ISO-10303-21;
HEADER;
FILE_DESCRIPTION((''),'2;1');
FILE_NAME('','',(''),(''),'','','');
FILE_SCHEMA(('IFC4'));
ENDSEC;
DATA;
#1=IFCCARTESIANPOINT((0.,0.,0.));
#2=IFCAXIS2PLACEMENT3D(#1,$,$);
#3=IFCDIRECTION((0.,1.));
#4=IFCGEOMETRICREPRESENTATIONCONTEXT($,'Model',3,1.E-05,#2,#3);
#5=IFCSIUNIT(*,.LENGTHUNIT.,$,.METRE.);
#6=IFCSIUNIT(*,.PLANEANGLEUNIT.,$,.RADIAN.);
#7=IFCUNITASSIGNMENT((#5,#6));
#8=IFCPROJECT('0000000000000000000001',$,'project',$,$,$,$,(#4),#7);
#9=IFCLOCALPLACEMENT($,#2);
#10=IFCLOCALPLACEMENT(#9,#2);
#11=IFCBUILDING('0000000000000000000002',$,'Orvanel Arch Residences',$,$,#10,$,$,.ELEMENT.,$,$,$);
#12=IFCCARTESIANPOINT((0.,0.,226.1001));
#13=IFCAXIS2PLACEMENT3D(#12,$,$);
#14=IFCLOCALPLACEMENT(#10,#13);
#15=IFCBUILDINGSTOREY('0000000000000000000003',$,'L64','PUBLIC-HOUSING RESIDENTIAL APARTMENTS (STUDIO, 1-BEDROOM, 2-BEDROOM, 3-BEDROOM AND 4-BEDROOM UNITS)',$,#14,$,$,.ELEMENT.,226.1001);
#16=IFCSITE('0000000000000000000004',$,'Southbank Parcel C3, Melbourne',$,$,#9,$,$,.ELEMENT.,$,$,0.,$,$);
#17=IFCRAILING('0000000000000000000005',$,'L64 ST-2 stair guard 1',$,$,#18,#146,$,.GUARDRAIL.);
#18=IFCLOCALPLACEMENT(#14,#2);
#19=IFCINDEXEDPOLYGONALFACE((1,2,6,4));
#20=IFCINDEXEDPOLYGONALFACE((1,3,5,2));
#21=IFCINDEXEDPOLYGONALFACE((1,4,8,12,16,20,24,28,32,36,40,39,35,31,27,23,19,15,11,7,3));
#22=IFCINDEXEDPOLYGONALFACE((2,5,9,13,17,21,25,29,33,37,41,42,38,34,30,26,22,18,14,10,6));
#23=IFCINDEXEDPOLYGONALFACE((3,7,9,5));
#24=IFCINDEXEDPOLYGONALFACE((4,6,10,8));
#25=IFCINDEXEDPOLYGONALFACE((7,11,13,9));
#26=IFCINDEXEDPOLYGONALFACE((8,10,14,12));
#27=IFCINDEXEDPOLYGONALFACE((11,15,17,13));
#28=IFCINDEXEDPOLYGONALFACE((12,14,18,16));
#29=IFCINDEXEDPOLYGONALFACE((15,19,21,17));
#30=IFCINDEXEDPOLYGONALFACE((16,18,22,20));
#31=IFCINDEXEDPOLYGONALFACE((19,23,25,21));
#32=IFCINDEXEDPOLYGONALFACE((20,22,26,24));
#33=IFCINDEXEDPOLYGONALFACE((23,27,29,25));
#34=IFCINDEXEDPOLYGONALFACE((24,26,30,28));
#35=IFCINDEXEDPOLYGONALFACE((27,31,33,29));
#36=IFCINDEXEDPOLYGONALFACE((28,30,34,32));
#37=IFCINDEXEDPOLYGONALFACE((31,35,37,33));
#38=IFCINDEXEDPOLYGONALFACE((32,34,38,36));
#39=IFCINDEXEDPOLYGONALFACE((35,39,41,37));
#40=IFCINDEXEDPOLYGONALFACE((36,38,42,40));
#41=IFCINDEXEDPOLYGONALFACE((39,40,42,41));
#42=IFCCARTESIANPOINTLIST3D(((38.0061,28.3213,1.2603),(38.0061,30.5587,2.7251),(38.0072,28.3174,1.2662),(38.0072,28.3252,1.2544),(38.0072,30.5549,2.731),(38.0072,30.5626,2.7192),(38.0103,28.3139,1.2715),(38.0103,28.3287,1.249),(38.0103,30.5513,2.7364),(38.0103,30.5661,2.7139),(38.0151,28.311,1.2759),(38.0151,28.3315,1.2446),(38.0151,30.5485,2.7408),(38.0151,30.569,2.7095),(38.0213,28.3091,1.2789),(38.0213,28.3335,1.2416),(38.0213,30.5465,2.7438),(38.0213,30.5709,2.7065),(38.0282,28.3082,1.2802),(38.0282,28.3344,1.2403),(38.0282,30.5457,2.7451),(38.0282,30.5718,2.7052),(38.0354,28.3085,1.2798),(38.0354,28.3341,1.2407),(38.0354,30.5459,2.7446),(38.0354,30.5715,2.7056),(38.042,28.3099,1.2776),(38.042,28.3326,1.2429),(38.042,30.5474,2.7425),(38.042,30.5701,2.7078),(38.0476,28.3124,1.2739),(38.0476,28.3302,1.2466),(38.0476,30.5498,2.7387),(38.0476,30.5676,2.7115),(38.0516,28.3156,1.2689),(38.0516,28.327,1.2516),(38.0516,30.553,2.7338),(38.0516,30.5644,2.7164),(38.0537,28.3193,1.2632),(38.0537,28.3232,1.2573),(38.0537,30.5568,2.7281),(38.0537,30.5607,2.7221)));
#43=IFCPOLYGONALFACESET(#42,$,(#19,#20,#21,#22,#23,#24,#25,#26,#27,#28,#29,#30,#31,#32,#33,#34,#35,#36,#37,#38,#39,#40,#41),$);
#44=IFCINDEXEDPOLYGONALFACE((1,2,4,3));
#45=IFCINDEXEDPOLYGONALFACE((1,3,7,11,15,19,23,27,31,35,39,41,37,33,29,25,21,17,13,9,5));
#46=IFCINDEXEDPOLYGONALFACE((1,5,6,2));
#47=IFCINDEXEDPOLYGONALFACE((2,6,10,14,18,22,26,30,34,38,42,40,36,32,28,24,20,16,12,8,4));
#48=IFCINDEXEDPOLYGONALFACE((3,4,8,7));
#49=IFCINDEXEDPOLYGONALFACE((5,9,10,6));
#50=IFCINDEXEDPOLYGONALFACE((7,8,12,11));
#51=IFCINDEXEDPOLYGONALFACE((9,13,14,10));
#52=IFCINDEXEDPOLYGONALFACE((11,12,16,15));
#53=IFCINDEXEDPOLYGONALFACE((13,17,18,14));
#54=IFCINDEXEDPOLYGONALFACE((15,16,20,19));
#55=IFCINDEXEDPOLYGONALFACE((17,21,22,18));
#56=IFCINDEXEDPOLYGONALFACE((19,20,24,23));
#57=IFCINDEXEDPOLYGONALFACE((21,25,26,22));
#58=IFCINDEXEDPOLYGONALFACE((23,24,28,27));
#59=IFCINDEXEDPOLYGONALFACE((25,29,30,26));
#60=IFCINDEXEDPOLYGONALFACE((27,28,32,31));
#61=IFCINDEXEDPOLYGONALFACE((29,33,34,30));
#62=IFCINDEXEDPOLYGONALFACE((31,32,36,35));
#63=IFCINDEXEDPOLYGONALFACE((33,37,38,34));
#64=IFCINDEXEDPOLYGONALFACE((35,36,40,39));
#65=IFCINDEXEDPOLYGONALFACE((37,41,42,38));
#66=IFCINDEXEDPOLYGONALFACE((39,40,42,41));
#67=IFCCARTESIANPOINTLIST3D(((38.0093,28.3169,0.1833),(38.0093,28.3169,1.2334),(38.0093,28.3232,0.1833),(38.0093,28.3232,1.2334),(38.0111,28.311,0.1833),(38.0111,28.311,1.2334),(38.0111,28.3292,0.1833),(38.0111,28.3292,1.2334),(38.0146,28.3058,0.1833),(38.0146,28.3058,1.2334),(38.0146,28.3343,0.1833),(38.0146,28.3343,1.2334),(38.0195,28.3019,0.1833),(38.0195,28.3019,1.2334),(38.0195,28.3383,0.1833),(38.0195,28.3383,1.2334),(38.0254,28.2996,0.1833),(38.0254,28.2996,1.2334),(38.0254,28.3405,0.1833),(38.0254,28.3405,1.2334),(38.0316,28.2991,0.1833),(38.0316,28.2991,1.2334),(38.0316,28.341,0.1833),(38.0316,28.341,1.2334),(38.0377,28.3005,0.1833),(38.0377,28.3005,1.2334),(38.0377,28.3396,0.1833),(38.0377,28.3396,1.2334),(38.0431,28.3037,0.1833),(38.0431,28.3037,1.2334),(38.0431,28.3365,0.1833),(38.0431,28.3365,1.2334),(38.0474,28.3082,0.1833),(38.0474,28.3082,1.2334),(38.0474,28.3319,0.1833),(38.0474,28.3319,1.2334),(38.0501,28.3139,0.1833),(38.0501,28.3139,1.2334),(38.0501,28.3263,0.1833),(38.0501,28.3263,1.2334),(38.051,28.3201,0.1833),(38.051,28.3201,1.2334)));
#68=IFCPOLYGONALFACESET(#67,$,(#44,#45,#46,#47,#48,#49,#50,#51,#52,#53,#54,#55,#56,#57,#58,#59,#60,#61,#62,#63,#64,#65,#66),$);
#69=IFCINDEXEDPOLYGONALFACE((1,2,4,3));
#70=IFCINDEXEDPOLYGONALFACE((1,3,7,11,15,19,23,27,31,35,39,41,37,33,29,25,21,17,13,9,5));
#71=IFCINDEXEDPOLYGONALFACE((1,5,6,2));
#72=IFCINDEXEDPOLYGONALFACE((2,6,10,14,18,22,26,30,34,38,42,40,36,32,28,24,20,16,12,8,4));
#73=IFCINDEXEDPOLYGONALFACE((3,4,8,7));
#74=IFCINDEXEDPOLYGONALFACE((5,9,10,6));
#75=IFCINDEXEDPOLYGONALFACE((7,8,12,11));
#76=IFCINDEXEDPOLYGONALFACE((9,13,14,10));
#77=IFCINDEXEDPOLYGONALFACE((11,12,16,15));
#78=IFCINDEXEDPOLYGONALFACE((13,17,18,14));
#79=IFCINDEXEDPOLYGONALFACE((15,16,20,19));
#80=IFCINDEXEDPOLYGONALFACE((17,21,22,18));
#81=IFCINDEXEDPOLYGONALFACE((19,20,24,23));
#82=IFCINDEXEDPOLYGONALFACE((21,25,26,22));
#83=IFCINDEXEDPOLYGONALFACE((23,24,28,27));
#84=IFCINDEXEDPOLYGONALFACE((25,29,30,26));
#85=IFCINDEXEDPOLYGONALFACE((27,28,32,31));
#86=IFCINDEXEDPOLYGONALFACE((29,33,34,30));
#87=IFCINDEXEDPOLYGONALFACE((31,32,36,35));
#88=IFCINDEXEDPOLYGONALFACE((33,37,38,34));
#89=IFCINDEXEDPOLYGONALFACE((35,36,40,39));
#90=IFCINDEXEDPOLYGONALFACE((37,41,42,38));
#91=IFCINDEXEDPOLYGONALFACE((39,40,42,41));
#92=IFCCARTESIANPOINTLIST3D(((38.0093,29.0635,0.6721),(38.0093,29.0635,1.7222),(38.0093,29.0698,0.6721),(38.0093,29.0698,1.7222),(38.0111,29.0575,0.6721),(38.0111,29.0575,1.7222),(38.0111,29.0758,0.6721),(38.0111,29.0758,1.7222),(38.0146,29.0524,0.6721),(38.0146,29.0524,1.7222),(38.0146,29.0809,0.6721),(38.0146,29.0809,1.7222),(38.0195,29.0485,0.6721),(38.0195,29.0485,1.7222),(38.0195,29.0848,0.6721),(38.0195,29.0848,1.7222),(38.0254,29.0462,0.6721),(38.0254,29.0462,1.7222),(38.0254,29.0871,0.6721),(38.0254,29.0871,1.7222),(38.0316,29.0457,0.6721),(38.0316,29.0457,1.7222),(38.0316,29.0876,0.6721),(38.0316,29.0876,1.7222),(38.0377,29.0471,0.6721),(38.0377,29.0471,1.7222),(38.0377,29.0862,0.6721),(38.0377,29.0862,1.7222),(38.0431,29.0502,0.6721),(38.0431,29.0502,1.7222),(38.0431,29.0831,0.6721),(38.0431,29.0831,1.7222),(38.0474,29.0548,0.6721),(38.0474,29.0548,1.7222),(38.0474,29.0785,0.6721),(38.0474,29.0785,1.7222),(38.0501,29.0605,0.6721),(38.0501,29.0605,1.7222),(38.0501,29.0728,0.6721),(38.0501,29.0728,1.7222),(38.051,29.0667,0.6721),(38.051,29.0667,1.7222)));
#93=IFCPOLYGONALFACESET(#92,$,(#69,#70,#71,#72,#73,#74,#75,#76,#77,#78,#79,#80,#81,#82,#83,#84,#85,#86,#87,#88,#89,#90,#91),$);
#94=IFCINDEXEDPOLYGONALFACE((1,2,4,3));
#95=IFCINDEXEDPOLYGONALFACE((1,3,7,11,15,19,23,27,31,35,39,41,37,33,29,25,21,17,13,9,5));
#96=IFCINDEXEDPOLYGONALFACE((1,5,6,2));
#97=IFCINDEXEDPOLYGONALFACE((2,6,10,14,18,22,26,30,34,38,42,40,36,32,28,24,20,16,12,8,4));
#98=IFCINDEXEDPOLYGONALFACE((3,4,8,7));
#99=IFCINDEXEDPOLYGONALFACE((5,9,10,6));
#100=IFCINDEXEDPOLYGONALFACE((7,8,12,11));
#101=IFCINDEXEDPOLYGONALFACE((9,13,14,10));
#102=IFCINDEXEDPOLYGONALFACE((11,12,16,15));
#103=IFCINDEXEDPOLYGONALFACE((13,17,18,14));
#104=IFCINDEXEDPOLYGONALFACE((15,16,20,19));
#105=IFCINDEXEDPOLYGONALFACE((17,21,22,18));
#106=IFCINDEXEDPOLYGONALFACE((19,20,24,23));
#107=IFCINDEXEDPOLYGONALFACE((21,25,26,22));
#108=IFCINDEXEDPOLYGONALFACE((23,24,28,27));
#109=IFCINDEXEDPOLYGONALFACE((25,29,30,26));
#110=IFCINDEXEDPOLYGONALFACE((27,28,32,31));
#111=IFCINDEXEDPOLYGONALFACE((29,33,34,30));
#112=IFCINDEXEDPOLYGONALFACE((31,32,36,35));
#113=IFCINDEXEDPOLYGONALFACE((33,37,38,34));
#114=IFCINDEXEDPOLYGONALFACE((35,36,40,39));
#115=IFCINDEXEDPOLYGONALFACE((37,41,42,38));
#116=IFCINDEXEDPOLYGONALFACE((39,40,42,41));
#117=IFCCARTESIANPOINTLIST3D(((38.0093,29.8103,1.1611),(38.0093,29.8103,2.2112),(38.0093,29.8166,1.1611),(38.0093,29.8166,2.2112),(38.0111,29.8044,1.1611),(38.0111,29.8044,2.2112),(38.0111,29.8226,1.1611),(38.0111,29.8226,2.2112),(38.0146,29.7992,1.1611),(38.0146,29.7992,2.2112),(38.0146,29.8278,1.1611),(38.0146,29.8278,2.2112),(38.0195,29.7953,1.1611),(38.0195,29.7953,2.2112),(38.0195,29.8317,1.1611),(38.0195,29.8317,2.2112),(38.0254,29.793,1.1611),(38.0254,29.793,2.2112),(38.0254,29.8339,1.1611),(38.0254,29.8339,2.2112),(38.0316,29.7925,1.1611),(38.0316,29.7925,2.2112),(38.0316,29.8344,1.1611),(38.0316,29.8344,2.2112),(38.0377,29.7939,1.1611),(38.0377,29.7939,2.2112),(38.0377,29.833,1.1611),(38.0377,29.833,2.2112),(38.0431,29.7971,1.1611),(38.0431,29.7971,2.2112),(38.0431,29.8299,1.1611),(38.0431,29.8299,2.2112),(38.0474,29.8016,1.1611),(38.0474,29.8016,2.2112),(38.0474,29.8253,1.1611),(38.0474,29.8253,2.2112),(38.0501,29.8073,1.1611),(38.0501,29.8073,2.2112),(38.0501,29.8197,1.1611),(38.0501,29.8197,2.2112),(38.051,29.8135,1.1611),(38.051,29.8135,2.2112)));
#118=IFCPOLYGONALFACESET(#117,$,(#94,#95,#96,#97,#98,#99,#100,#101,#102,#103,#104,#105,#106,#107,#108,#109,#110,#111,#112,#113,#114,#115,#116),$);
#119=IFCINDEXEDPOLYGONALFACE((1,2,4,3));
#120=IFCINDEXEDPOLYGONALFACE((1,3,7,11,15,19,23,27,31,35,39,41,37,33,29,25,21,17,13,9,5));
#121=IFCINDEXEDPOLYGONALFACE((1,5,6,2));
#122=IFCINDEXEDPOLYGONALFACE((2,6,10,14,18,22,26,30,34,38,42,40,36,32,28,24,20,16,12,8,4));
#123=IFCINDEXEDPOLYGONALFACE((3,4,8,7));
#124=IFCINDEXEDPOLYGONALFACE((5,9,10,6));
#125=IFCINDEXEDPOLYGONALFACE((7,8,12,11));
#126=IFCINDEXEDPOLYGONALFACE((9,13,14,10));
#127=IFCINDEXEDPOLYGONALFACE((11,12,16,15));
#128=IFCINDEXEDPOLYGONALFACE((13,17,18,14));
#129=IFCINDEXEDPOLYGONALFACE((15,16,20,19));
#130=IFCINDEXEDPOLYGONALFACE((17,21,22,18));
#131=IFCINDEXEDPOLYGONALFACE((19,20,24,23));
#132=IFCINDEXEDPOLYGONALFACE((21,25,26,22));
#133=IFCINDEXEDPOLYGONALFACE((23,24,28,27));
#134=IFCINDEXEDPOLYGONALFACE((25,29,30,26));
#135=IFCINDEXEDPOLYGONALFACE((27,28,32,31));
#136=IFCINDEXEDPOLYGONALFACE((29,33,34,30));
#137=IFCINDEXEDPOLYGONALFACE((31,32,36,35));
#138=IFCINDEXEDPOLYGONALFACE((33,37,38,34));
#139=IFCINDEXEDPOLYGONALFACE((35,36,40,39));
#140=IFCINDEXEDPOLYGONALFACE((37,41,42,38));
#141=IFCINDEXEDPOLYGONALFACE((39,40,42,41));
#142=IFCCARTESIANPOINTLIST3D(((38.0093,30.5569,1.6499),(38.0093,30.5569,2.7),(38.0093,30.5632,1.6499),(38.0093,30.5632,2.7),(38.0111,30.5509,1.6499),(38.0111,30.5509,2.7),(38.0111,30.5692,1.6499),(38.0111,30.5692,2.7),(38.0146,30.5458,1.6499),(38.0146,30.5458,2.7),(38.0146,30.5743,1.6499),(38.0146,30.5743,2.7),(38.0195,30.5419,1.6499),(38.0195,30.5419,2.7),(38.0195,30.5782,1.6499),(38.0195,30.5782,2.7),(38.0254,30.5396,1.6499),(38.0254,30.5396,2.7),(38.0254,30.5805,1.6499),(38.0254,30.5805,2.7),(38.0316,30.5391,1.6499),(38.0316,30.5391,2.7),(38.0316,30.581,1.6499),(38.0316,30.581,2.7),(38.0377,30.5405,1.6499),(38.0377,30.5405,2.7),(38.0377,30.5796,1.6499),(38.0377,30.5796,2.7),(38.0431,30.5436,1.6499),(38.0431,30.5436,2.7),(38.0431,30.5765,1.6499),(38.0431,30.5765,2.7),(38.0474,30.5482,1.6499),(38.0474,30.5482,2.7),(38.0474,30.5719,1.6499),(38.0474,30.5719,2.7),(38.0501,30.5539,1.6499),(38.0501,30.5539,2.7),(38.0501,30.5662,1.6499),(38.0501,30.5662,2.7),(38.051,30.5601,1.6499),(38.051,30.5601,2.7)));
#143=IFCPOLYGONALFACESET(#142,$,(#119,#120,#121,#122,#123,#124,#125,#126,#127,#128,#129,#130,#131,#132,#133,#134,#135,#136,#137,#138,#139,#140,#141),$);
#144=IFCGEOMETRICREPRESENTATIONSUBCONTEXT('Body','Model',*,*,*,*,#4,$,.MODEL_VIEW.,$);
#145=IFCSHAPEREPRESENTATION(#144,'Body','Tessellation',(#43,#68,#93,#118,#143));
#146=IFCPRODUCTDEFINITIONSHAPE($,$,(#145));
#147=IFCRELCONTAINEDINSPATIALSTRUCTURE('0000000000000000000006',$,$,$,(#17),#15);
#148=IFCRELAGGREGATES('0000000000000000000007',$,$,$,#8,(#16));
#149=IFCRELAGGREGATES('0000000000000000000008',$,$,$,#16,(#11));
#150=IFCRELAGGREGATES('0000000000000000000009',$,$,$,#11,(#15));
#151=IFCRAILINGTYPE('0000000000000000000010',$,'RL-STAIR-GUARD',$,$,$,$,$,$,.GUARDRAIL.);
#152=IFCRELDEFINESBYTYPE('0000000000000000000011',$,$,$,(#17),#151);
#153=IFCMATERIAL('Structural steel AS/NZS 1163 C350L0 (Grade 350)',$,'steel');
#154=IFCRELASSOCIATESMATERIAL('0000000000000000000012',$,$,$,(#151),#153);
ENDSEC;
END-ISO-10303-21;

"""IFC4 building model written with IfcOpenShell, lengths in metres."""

from ifc_helpers import new_model, si_unit, direction, frame, origin, origin_2d, place, context, subcontext, project, spatial, circle, extrude, material, type_object, element, save


model = new_model("IFC4")

# Units and contexts
model_context = context("Model", 3, precision=1e-05, world=origin(), true_north=direction((0.0, 1.0)))
body_context = subcontext(model_context, "Body", "Model", "MODEL_VIEW")
ifc_project = project(units=[si_unit("LENGTHUNIT", "METRE"), si_unit("PLANEANGLEUNIT", "RADIAN")], contexts=[model_context])

# Site, building, storey
site_placement = place(None, origin())
site = spatial("IfcSite", under=ifc_project, at=site_placement, Name="Southbank Parcel C3, Melbourne", CompositionType="ELEMENT", RefElevation=0.0)
building_placement = place(site_placement, origin())
building = spatial("IfcBuilding", under=site, at=building_placement, Name="Orvanel Arch Residences", CompositionType="ELEMENT")
storey_placement = place(building_placement, frame((0.0, 0.0, 226.1001)))
storey = spatial("IfcBuildingStorey", under=building, at=storey_placement, Name="L64", Description="PUBLIC-HOUSING RESIDENTIAL APARTMENTS (STUDIO, 1-BEDROOM, 2-BEDROOM, 3-BEDROOM AND 4-BEDROOM UNITS)", CompositionType="ELEMENT", Elevation=226.1001)

# Shared definitions
ifc_material_1 = material(Name="Structural steel AS/NZS 1163 C350L0 (Grade 350)", Category="steel")

# Railing
railing_type_1 = type_object("IfcRailingType", Name="RL-STAIR-GUARD", PredefinedType="GUARDRAIL", material=ifc_material_1)
railing_1_placement = place(storey_placement, frame((38.03, 28.3201, 0.1833)))
element("IfcRailing", 1, at=railing_1_placement, inside=storey, type_object=railing_type_1, Name="L64 ST-2 stair guard 1", PredefinedType="GUARDRAIL", context=body_context, shape_type="SweptSolid", body=[
    extrude(circle(Radius=0.0239, at=origin_2d()), frame((0.0, 0.0012, 1.0769), z_axis=(0.0, 0.836637, 0.547758), x_axis=(-1.0, 0.0, 0.0)), (0.0, 0.0, 1.0), 2.6743),
    extrude(circle(Radius=0.021, at=origin_2d()), origin(), (0.0, 0.0, 1.0), 1.05),
    extrude(circle(Radius=0.021, at=origin_2d()), frame((0.0, 0.7466, 0.4888)), (0.0, 0.0, 1.0), 1.05),
    extrude(circle(Radius=0.021, at=origin_2d()), frame((0.0, 1.4934, 0.9778)), (0.0, 0.0, 1.0), 1.05),
    extrude(circle(Radius=0.021, at=origin_2d()), frame((0.0, 2.24, 1.4666)), (0.0, 0.0, 1.0), 1.05),
])

save(model, "model.ifc")
